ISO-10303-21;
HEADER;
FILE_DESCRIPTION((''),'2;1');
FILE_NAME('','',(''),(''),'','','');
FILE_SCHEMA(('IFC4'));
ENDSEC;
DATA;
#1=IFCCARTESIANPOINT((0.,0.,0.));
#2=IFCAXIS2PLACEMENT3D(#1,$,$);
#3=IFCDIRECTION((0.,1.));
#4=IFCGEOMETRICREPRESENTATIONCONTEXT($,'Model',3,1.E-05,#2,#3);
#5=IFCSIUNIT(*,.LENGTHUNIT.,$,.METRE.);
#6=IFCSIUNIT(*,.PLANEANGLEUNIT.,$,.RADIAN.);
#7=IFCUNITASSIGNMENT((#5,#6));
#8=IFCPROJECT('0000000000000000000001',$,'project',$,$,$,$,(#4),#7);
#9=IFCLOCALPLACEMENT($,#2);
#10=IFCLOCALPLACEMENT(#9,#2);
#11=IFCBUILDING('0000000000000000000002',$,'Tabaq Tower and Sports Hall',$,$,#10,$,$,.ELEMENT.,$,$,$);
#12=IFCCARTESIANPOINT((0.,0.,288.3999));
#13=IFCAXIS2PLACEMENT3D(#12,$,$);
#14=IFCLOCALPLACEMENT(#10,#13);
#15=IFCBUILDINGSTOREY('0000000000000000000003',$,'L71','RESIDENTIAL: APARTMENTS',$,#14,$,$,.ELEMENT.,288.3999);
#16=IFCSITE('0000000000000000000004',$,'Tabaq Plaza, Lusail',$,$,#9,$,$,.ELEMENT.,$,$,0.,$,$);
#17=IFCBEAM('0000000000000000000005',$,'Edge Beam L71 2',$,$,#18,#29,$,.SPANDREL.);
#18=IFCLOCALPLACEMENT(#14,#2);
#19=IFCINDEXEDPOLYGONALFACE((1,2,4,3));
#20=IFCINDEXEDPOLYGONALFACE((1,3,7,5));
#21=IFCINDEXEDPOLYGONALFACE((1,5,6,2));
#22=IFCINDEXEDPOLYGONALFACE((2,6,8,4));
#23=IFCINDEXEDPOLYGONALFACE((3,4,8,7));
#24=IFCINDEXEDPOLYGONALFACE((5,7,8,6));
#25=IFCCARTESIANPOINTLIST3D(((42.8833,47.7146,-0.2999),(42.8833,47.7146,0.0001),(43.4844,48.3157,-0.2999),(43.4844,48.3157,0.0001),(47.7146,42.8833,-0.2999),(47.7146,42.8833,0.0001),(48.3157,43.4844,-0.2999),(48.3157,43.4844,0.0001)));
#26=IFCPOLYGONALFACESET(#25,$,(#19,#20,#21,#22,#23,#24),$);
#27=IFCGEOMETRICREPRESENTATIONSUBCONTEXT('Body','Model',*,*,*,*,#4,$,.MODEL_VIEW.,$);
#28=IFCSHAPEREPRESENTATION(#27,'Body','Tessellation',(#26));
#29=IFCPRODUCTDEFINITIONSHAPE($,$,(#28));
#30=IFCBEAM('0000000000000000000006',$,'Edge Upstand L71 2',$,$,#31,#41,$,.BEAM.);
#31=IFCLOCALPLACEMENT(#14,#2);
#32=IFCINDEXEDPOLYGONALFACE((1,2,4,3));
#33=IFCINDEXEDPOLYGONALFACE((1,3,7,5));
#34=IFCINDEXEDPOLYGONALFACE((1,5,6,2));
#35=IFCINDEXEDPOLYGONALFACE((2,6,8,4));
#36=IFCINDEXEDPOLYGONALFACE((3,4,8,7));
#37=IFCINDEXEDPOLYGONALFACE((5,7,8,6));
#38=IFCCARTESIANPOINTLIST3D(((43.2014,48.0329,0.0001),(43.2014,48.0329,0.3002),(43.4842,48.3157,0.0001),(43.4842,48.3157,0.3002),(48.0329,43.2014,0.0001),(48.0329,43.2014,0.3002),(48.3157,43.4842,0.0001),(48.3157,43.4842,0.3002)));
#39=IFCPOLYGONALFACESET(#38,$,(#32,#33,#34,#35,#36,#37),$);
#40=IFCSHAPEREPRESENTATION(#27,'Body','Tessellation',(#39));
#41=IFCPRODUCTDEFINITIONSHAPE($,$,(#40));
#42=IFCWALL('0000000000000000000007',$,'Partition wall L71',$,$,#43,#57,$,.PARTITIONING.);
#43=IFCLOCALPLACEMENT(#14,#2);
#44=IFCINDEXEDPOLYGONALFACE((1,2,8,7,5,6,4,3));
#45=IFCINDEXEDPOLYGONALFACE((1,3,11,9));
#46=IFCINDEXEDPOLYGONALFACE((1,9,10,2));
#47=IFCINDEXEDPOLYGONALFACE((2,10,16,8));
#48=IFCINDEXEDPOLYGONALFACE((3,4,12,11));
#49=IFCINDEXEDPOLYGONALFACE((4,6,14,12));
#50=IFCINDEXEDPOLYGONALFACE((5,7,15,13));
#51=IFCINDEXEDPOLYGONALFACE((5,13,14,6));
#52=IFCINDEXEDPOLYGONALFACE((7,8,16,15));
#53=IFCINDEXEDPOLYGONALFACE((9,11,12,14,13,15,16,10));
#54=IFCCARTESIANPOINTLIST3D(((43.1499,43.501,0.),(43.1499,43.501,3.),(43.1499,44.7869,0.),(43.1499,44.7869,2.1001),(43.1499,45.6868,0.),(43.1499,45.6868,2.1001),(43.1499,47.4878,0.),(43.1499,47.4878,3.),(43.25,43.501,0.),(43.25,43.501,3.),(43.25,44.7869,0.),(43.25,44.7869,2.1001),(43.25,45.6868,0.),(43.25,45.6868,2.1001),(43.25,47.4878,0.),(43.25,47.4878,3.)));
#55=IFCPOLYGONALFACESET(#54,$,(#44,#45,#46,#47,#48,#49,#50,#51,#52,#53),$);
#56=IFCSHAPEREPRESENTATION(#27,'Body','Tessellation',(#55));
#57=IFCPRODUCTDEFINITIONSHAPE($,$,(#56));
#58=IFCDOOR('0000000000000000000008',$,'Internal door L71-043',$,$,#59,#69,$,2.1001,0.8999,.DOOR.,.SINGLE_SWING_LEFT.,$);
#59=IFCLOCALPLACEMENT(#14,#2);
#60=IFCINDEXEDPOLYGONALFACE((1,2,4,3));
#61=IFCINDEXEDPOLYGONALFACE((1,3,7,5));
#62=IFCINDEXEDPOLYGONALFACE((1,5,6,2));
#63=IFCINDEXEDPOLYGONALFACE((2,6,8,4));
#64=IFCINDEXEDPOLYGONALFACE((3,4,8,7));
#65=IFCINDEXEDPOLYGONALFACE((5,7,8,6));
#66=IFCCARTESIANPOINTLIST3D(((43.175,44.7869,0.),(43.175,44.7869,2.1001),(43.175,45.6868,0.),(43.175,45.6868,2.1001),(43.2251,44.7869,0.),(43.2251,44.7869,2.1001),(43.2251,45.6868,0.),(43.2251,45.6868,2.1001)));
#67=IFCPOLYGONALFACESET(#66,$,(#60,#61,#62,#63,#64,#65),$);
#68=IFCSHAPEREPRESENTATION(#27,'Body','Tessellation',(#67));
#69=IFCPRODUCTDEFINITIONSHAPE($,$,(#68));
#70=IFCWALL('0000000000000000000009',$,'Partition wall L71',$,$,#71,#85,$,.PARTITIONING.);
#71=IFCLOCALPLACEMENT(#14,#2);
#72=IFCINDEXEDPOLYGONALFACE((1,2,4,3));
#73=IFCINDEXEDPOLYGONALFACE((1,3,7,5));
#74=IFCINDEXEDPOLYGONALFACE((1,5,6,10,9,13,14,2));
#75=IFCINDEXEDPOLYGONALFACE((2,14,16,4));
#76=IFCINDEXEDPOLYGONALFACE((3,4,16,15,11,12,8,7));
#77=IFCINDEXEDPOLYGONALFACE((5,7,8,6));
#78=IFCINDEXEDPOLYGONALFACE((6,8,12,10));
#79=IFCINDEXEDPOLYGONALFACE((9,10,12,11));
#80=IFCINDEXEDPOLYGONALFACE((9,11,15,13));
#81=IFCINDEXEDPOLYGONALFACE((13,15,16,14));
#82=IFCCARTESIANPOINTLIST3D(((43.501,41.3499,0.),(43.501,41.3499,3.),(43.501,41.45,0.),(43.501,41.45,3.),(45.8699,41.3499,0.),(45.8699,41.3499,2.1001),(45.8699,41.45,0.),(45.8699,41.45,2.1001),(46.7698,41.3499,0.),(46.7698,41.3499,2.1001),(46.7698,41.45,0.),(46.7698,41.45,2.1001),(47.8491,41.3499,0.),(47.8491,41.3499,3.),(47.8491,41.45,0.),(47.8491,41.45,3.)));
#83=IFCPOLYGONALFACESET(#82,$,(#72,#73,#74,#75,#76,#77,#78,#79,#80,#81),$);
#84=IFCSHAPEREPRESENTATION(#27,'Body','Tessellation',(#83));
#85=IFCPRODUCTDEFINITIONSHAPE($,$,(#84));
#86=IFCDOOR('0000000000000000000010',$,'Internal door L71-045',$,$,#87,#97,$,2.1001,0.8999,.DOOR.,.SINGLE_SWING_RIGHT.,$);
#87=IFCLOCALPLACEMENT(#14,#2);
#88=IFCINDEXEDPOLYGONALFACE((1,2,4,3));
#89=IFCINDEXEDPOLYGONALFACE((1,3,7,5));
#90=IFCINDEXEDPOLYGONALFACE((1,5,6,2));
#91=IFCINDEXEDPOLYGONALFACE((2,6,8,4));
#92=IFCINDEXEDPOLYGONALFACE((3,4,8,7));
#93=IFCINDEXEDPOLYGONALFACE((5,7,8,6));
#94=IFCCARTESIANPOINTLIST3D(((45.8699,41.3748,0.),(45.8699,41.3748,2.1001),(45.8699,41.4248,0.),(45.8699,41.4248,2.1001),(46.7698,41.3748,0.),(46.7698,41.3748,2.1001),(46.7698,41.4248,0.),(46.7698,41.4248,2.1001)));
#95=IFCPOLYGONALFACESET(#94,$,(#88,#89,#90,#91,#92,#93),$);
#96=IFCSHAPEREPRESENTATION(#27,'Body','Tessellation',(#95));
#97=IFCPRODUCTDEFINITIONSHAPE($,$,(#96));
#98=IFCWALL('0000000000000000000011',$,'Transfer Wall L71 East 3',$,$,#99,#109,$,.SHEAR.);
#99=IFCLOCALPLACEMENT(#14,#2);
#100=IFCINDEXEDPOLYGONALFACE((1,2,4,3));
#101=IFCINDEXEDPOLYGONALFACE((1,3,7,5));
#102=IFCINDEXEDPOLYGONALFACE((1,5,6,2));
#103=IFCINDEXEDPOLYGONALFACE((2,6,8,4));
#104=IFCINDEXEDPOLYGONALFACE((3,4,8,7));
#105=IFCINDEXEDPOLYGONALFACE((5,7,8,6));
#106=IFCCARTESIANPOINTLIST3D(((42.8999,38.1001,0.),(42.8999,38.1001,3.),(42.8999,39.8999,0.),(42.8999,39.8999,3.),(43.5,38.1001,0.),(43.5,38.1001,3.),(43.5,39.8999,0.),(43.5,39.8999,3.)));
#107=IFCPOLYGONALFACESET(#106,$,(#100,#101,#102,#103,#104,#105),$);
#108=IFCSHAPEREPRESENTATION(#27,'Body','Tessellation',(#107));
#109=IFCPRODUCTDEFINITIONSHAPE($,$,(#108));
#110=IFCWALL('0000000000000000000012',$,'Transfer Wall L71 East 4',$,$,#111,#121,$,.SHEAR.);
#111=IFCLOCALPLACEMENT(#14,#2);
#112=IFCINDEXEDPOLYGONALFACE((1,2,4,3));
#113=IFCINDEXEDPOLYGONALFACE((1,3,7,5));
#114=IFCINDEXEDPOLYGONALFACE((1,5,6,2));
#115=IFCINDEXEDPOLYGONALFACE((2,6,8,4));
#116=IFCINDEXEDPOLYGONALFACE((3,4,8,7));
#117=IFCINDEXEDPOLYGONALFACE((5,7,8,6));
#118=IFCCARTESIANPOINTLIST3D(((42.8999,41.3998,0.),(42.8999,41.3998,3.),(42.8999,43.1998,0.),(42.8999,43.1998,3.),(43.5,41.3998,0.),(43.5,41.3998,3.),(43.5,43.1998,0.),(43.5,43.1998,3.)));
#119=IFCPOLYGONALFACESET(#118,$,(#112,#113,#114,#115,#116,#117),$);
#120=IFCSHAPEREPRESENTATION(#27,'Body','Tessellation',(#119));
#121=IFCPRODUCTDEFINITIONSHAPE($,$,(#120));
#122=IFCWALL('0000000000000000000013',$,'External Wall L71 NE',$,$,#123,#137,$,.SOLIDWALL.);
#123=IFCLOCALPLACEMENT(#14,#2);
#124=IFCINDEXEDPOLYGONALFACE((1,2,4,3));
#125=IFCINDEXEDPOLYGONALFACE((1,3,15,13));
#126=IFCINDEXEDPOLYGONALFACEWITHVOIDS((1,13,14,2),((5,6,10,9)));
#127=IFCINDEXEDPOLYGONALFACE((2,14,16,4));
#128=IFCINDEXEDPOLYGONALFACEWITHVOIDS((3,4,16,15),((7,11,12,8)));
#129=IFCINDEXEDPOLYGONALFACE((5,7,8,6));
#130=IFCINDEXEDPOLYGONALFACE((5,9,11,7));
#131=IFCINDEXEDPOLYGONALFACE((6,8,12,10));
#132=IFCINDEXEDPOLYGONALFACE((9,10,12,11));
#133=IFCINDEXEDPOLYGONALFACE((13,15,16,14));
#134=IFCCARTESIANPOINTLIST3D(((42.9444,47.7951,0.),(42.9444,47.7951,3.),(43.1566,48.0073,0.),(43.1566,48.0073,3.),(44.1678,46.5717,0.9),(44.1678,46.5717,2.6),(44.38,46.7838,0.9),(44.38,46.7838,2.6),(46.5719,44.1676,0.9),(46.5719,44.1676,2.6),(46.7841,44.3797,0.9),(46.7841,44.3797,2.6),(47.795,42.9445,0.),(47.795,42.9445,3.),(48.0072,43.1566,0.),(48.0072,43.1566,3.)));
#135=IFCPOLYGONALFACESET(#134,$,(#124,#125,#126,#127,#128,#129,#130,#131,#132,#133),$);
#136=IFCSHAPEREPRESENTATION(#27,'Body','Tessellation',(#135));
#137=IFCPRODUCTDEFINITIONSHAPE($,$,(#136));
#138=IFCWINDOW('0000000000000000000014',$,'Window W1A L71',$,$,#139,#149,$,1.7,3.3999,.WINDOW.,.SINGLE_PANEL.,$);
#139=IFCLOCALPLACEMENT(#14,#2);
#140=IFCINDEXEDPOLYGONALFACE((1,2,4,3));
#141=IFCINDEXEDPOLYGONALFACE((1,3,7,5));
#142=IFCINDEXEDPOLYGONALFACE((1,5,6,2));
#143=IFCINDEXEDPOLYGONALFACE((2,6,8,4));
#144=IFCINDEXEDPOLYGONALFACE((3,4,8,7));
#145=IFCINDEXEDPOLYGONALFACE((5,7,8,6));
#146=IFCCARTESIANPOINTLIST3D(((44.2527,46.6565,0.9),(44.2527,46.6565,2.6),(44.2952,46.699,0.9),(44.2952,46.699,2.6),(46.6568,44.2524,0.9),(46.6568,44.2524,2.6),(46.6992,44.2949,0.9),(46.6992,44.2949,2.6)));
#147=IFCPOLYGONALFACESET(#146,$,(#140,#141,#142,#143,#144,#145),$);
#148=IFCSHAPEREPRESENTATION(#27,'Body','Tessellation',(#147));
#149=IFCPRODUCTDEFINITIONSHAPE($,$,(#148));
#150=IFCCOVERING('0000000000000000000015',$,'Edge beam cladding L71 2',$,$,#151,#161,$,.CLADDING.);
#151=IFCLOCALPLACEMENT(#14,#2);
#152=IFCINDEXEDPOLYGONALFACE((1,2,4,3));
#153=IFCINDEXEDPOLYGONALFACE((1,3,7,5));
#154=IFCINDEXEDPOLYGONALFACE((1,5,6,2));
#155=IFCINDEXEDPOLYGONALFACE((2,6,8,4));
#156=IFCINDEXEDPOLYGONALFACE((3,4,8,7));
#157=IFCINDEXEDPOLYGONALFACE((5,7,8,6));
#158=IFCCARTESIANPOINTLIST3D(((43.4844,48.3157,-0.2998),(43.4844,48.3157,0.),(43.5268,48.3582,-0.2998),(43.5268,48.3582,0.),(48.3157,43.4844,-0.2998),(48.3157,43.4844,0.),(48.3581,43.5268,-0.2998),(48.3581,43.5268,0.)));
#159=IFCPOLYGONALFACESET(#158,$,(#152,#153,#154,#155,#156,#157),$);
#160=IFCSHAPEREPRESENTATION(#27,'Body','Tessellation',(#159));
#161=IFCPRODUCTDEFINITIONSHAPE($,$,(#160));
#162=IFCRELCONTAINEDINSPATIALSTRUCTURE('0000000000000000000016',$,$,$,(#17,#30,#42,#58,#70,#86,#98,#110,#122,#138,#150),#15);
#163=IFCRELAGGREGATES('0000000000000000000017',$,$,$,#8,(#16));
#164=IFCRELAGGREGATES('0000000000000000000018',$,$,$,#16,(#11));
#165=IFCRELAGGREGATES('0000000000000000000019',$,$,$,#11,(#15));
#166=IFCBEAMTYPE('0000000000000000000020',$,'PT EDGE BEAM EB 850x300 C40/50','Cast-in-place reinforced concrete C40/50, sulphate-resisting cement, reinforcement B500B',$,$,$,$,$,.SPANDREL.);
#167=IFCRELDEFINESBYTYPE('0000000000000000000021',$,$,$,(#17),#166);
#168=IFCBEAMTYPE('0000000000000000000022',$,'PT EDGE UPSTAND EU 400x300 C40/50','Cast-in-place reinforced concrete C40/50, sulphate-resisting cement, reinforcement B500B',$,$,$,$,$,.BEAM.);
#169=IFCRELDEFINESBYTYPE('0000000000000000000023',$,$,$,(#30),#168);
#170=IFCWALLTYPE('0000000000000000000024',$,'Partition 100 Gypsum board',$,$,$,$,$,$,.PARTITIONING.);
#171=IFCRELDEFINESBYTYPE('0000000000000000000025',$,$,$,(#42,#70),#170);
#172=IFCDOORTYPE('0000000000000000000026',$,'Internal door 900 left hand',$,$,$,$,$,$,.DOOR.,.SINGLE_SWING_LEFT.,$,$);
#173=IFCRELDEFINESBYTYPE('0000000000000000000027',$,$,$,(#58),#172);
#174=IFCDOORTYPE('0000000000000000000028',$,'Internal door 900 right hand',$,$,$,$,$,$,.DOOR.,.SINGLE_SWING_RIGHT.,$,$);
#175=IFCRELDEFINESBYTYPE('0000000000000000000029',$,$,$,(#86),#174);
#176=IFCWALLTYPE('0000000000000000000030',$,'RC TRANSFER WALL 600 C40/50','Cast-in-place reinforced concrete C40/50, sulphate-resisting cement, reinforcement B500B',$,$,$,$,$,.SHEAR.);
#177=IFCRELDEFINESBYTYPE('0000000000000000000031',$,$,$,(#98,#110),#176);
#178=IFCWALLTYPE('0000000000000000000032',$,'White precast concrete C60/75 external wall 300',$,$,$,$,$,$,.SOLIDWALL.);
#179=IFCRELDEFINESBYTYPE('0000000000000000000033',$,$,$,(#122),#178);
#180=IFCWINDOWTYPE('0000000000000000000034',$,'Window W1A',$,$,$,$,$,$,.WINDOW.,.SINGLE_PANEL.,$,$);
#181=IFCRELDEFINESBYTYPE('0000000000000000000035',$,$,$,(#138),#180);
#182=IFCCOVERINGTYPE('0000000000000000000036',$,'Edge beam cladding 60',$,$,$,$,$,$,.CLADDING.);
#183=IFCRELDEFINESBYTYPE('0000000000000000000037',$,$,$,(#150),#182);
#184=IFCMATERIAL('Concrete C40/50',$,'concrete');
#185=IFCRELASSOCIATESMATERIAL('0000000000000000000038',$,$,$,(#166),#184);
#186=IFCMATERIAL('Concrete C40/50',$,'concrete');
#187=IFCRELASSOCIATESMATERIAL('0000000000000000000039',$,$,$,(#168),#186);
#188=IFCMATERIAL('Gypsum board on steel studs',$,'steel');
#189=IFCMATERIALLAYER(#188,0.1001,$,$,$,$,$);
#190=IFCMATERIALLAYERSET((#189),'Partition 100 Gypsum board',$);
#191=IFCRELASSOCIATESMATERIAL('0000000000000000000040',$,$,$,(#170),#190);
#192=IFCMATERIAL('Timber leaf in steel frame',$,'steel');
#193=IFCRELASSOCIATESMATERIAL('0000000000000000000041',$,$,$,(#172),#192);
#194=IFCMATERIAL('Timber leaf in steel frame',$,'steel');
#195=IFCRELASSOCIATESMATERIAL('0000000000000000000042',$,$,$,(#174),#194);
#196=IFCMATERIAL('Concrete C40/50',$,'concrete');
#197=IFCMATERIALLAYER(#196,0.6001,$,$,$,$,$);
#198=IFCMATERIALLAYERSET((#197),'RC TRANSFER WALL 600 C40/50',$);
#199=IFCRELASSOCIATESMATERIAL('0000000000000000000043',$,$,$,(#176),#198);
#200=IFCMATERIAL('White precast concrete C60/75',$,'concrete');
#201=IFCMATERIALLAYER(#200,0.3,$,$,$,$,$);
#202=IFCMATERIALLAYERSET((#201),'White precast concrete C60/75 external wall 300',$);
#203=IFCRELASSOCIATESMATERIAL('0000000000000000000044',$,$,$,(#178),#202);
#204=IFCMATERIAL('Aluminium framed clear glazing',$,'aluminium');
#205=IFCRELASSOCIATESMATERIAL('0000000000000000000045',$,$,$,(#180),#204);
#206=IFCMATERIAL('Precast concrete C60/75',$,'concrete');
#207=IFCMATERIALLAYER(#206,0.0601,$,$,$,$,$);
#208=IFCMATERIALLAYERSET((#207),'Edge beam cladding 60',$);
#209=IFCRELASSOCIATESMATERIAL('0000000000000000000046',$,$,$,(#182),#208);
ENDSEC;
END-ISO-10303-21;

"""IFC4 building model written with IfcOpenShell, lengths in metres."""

from ifc_helpers import new_model, si_unit, direction, frame, frame_2d, origin, origin_2d, place, context, subcontext, project, spatial, rectangle, extrude, material, layer, layer_set, material_profile, profile_set, type_object, element, fill, save


model = new_model("IFC4")

# Units and contexts
model_context = context("Model", 3, precision=1e-05, world=origin(), true_north=direction((0.0, 1.0)))
body_context = subcontext(model_context, "Body", "Model", "MODEL_VIEW")
ifc_project = project(units=[si_unit("LENGTHUNIT", "METRE"), si_unit("PLANEANGLEUNIT", "RADIAN")], contexts=[model_context])

# Site, building, storey
site_placement = place(None, origin())
site = spatial("IfcSite", under=ifc_project, at=site_placement, Name="Tabaq Plaza, Lusail", CompositionType="ELEMENT", RefElevation=0.0)
building_placement = place(site_placement, origin())
building = spatial("IfcBuilding", under=site, at=building_placement, Name="Tabaq Tower and Sports Hall", CompositionType="ELEMENT")
storey_placement = place(building_placement, frame((0.0, 0.0, 288.3999)))
storey = spatial("IfcBuildingStorey", under=building, at=storey_placement, Name="L71", Description="RESIDENTIAL: APARTMENTS", CompositionType="ELEMENT", Elevation=288.3999)

# Beams
ifc_material_1 = material(Name="Concrete C40/50", Category="concrete")
ifc_material_profile_1 = material_profile(ifc_material_1, rectangle(XDim=0.8501, YDim=0.3, at=origin_2d()), Name="EB 850x300")
ifc_profile_set_1 = profile_set([ifc_material_profile_1], Name="Concrete C40/50")
beam_type_1 = type_object("IfcBeamType", Name="PT EDGE BEAM EB 850x300 C40/50", Description="Cast-in-place reinforced concrete C40/50, sulphate-resisting cement, reinforcement B500B", PredefinedType="SPANDREL", material=ifc_profile_set_1)
beam_1_placement = place(storey_placement, frame((48.0151, 43.1838, -0.1499), z_axis=(-0.707107, 0.707107, 0.0), x_axis=(-0.707107, -0.707107, 0.0)))
element("IfcBeam", 1, at=beam_1_placement, inside=storey, type_object=beam_type_1, Name="Edge Beam L71 2", PredefinedType="SPANDREL", context=body_context, shape_type="SweptSolid", body=[
    extrude(rectangle(XDim=0.8501, YDim=0.3, at=origin_2d()), origin(), (0.0, 0.0, 1.0), 6.8325),
])
ifc_material_2 = material(Name="Concrete C40/50", Category="concrete")
ifc_material_profile_2 = material_profile(ifc_material_2, rectangle(XDim=0.3999, YDim=0.3, at=origin_2d()), Name="EU 400x300")
ifc_profile_set_2 = profile_set([ifc_material_profile_2], Name="Concrete C40/50")
beam_type_2 = type_object("IfcBeamType", Name="PT EDGE UPSTAND EU 400x300 C40/50", Description="Cast-in-place reinforced concrete C40/50, sulphate-resisting cement, reinforcement B500B", PredefinedType="BEAM", material=ifc_profile_set_2)
beam_2_placement = place(storey_placement, frame((48.1743, 43.3428, 0.1501), z_axis=(-0.707107, 0.707107, 0.0), x_axis=(-0.707107, -0.707107, 0.0)))
element("IfcBeam", 2, at=beam_2_placement, inside=storey, type_object=beam_type_2, Name="Edge Upstand L71 2", PredefinedType="BEAM", context=body_context, shape_type="SweptSolid", body=[
    extrude(rectangle(XDim=0.3999, YDim=0.3, at=origin_2d()), origin(), (0.0, 0.0, 1.0), 6.8328),
])

# Walls, openings, doors
ifc_material_3 = material(Name="Gypsum board on steel studs", Category="steel")
ifc_layer_1 = layer(ifc_material_3, 0.1001)
ifc_layer_set_1 = layer_set([ifc_layer_1], Name="Partition 100 Gypsum board")
wall_type_1 = type_object("IfcWallType", Name="Partition 100 Gypsum board", PredefinedType="PARTITIONING", material=ifc_layer_set_1)
wall_1_placement = place(storey_placement, frame((43.2, 43.501, 0.0), z_axis=(0.0, 0.0, 1.0), x_axis=(0.0, 1.0, 0.0)))
wall_1 = element("IfcWall", 3, at=wall_1_placement, inside=storey, type_object=wall_type_1, Name="Partition wall L71", PredefinedType="PARTITIONING", context=body_context, shape_type="SweptSolid", body=[
    extrude(rectangle(XDim=3.9868, YDim=0.1001, at=frame_2d((1.9934, 0.0))), origin(), (0.0, 0.0, 1.0), 3.0),
])
opening_1_placement = place(wall_1_placement, frame((1.2859, 0.0, 0.0)))
opening_1 = element("IfcOpeningElement", 4, at=opening_1_placement, cuts=wall_1, PredefinedType="OPENING", context=body_context, shape_type="SweptSolid", body=[
    extrude(rectangle(XDim=0.8999, YDim=2.1001, at=frame_2d((0.45, 1.05))), frame((0.0, 0.05, 0.0), z_axis=(0.0, -1.0, 0.0), x_axis=(1.0, 0.0, 0.0)), (0.0, 0.0, 1.0), 0.1001),
])
ifc_material_4 = material(Name="Timber leaf in steel frame", Category="steel")
door_type_1 = type_object("IfcDoorType", Name="Internal door 900 left hand", OperationType="SINGLE_SWING_LEFT", PredefinedType="DOOR", material=ifc_material_4)
door_1_placement = place(opening_1_placement, origin())
door_1 = element("IfcDoor", 5, at=door_1_placement, inside=storey, type_object=door_type_1, Name="Internal door L71-043", OperationType="SINGLE_SWING_LEFT", OverallHeight=2.1001, OverallWidth=0.8999, PredefinedType="DOOR", context=body_context, shape_type="SweptSolid", body=[
    extrude(rectangle(XDim=0.8999, YDim=2.1001, at=frame_2d((0.45, 1.05))), frame((0.0, 0.0249, 0.0), z_axis=(0.0, -1.0, 0.0), x_axis=(1.0, 0.0, 0.0)), (0.0, 0.0, 1.0), 0.05),
])
fill(opening_1, door_1)
wall_2_placement = place(storey_placement, frame((43.501, 41.3999, 0.0), z_axis=(0.0, 0.0, 1.0), x_axis=(1.0, 0.0, 0.0)))
wall_2 = element("IfcWall", 6, at=wall_2_placement, inside=storey, type_object=wall_type_1, Name="Partition wall L71", PredefinedType="PARTITIONING", context=body_context, shape_type="SweptSolid", body=[
    extrude(rectangle(XDim=4.3481, YDim=0.1001, at=frame_2d((2.1741, 0.0))), origin(), (0.0, 0.0, 1.0), 3.0),
])
opening_2_placement = place(wall_2_placement, frame((2.3689, 0.0, 0.0)))
opening_2 = element("IfcOpeningElement", 7, at=opening_2_placement, cuts=wall_2, PredefinedType="OPENING", context=body_context, shape_type="SweptSolid", body=[
    extrude(rectangle(XDim=0.8999, YDim=2.1001, at=frame_2d((0.45, 1.05))), frame((0.0, 0.05, 0.0), z_axis=(0.0, -1.0, 0.0), x_axis=(1.0, 0.0, 0.0)), (0.0, 0.0, 1.0), 0.1001),
])
ifc_material_5 = material(Name="Timber leaf in steel frame", Category="steel")
door_type_2 = type_object("IfcDoorType", Name="Internal door 900 right hand", OperationType="SINGLE_SWING_RIGHT", PredefinedType="DOOR", material=ifc_material_5)
door_2_placement = place(opening_2_placement, origin())
door_2 = element("IfcDoor", 8, at=door_2_placement, inside=storey, type_object=door_type_2, Name="Internal door L71-045", OperationType="SINGLE_SWING_RIGHT", OverallHeight=2.1001, OverallWidth=0.8999, PredefinedType="DOOR", context=body_context, shape_type="SweptSolid", body=[
    extrude(rectangle(XDim=0.8999, YDim=2.1001, at=frame_2d((0.45, 1.05))), frame((0.0, 0.0249, 0.0), z_axis=(0.0, -1.0, 0.0), x_axis=(1.0, 0.0, 0.0)), (0.0, 0.0, 1.0), 0.05),
])
fill(opening_2, door_2)

# Walls
ifc_material_6 = material(Name="Concrete C40/50", Category="concrete")
ifc_layer_2 = layer(ifc_material_6, 0.6001)
ifc_layer_set_2 = layer_set([ifc_layer_2], Name="RC TRANSFER WALL 600 C40/50")
wall_type_2 = type_object("IfcWallType", Name="RC TRANSFER WALL 600 C40/50", Description="Cast-in-place reinforced concrete C40/50, sulphate-resisting cement, reinforcement B500B", PredefinedType="SHEAR", material=ifc_layer_set_2)
wall_3_placement = place(storey_placement, frame((43.2, 38.1001, 0.0), z_axis=(0.0, 0.0, 1.0), x_axis=(0.0, 1.0, 0.0)))
element("IfcWall", 9, at=wall_3_placement, inside=storey, type_object=wall_type_2, Name="Transfer Wall L71 East 3", PredefinedType="SHEAR", context=body_context, shape_type="SweptSolid", body=[
    extrude(rectangle(XDim=1.7998, YDim=0.6001, at=frame_2d((0.8999, 0.0))), origin(), (0.0, 0.0, 1.0), 3.0),
])
wall_4_placement = place(storey_placement, frame((43.2, 41.3999, 0.0), z_axis=(0.0, 0.0, 1.0), x_axis=(0.0, 1.0, 0.0)))
element("IfcWall", 10, at=wall_4_placement, inside=storey, type_object=wall_type_2, Name="Transfer Wall L71 East 4", PredefinedType="SHEAR", context=body_context, shape_type="SweptSolid", body=[
    extrude(rectangle(XDim=1.8, YDim=0.6001, at=frame_2d((0.8999, 0.0))), origin(), (0.0, 0.0, 1.0), 3.0),
])

# Wall, opening, window
ifc_material_7 = material(Name="White precast concrete C60/75", Category="concrete")
ifc_layer_3 = layer(ifc_material_7, 0.3)
ifc_layer_set_3 = layer_set([ifc_layer_3], Name="White precast concrete C60/75 external wall 300")
wall_type_3 = type_object("IfcWallType", Name="White precast concrete C60/75 external wall 300", PredefinedType="SOLIDWALL", material=ifc_layer_set_3)
wall_5_placement = place(storey_placement, frame((47.9011, 43.0505, 0.0), z_axis=(0.0, 0.0, 1.0), x_axis=(-0.707107, 0.707107, 0.0)))
wall_5 = element("IfcWall", 11, at=wall_5_placement, inside=storey, type_object=wall_type_3, Name="External Wall L71 NE", PredefinedType="SOLIDWALL", context=body_context, shape_type="SweptSolid", body=[
    extrude(rectangle(XDim=6.8599, YDim=0.3, at=frame_2d((3.4299, 0.0))), origin(), (0.0, 0.0, 1.0), 3.0),
])
opening_3_placement = place(wall_5_placement, frame((1.7297, 0.0, 0.8999)))
opening_3 = element("IfcOpeningElement", 12, at=opening_3_placement, cuts=wall_5, PredefinedType="OPENING", context=body_context, shape_type="SweptSolid", body=[
    extrude(rectangle(XDim=3.3999, YDim=1.7, at=frame_2d((1.7, 0.8501))), frame((0.0, 0.1602, 0.0), z_axis=(0.0, -1.0, 0.0), x_axis=(1.0, 0.0, 0.0)), (0.0, 0.0, 1.0), 0.3201),
])
ifc_material_8 = material(Name="Aluminium framed clear glazing", Category="aluminium")
window_type = type_object("IfcWindowType", Name="Window W1A", PartitioningType="SINGLE_PANEL", PredefinedType="WINDOW", material=ifc_material_8)
window_placement = place(opening_3_placement, origin())
window = element("IfcWindow", 13, at=window_placement, inside=storey, type_object=window_type, Name="Window W1A L71", OverallHeight=1.7, OverallWidth=3.3999, PartitioningType="SINGLE_PANEL", PredefinedType="WINDOW", context=body_context, shape_type="SweptSolid", body=[
    extrude(rectangle(XDim=3.3999, YDim=1.7, at=frame_2d((1.7, 0.8501))), frame((0.0, 0.03, 0.0), z_axis=(0.0, -1.0, 0.0), x_axis=(1.0, 0.0, 0.0)), (0.0, 0.0, 1.0), 0.0601),
])
fill(opening_3, window)

# Covering
ifc_material_9 = material(Name="Precast concrete C60/75", Category="concrete")
ifc_layer_4 = layer(ifc_material_9, 0.0601)
ifc_layer_set_4 = layer_set([ifc_layer_4], Name="Edge beam cladding 60")
covering_type_1 = type_object("IfcCoveringType", Name="Edge beam cladding 60", PredefinedType="CLADDING", material=ifc_layer_set_4)
covering_1_placement = place(storey_placement, frame((48.3369, 43.5056, -0.2998), z_axis=(0.0, 0.0, 1.0), x_axis=(-0.707107, 0.707107, 0.0)))
element("IfcCovering", 14, at=covering_1_placement, inside=storey, type_object=covering_type_1, Name="Edge beam cladding L71 2", PredefinedType="CLADDING", context=body_context, shape_type="SweptSolid", body=[
    extrude(rectangle(XDim=6.8325, YDim=0.0601, at=frame_2d((3.4163, 0.0))), origin(), (0.0, 0.0, 1.0), 0.2998),
])

save(model, "model.ifc")
